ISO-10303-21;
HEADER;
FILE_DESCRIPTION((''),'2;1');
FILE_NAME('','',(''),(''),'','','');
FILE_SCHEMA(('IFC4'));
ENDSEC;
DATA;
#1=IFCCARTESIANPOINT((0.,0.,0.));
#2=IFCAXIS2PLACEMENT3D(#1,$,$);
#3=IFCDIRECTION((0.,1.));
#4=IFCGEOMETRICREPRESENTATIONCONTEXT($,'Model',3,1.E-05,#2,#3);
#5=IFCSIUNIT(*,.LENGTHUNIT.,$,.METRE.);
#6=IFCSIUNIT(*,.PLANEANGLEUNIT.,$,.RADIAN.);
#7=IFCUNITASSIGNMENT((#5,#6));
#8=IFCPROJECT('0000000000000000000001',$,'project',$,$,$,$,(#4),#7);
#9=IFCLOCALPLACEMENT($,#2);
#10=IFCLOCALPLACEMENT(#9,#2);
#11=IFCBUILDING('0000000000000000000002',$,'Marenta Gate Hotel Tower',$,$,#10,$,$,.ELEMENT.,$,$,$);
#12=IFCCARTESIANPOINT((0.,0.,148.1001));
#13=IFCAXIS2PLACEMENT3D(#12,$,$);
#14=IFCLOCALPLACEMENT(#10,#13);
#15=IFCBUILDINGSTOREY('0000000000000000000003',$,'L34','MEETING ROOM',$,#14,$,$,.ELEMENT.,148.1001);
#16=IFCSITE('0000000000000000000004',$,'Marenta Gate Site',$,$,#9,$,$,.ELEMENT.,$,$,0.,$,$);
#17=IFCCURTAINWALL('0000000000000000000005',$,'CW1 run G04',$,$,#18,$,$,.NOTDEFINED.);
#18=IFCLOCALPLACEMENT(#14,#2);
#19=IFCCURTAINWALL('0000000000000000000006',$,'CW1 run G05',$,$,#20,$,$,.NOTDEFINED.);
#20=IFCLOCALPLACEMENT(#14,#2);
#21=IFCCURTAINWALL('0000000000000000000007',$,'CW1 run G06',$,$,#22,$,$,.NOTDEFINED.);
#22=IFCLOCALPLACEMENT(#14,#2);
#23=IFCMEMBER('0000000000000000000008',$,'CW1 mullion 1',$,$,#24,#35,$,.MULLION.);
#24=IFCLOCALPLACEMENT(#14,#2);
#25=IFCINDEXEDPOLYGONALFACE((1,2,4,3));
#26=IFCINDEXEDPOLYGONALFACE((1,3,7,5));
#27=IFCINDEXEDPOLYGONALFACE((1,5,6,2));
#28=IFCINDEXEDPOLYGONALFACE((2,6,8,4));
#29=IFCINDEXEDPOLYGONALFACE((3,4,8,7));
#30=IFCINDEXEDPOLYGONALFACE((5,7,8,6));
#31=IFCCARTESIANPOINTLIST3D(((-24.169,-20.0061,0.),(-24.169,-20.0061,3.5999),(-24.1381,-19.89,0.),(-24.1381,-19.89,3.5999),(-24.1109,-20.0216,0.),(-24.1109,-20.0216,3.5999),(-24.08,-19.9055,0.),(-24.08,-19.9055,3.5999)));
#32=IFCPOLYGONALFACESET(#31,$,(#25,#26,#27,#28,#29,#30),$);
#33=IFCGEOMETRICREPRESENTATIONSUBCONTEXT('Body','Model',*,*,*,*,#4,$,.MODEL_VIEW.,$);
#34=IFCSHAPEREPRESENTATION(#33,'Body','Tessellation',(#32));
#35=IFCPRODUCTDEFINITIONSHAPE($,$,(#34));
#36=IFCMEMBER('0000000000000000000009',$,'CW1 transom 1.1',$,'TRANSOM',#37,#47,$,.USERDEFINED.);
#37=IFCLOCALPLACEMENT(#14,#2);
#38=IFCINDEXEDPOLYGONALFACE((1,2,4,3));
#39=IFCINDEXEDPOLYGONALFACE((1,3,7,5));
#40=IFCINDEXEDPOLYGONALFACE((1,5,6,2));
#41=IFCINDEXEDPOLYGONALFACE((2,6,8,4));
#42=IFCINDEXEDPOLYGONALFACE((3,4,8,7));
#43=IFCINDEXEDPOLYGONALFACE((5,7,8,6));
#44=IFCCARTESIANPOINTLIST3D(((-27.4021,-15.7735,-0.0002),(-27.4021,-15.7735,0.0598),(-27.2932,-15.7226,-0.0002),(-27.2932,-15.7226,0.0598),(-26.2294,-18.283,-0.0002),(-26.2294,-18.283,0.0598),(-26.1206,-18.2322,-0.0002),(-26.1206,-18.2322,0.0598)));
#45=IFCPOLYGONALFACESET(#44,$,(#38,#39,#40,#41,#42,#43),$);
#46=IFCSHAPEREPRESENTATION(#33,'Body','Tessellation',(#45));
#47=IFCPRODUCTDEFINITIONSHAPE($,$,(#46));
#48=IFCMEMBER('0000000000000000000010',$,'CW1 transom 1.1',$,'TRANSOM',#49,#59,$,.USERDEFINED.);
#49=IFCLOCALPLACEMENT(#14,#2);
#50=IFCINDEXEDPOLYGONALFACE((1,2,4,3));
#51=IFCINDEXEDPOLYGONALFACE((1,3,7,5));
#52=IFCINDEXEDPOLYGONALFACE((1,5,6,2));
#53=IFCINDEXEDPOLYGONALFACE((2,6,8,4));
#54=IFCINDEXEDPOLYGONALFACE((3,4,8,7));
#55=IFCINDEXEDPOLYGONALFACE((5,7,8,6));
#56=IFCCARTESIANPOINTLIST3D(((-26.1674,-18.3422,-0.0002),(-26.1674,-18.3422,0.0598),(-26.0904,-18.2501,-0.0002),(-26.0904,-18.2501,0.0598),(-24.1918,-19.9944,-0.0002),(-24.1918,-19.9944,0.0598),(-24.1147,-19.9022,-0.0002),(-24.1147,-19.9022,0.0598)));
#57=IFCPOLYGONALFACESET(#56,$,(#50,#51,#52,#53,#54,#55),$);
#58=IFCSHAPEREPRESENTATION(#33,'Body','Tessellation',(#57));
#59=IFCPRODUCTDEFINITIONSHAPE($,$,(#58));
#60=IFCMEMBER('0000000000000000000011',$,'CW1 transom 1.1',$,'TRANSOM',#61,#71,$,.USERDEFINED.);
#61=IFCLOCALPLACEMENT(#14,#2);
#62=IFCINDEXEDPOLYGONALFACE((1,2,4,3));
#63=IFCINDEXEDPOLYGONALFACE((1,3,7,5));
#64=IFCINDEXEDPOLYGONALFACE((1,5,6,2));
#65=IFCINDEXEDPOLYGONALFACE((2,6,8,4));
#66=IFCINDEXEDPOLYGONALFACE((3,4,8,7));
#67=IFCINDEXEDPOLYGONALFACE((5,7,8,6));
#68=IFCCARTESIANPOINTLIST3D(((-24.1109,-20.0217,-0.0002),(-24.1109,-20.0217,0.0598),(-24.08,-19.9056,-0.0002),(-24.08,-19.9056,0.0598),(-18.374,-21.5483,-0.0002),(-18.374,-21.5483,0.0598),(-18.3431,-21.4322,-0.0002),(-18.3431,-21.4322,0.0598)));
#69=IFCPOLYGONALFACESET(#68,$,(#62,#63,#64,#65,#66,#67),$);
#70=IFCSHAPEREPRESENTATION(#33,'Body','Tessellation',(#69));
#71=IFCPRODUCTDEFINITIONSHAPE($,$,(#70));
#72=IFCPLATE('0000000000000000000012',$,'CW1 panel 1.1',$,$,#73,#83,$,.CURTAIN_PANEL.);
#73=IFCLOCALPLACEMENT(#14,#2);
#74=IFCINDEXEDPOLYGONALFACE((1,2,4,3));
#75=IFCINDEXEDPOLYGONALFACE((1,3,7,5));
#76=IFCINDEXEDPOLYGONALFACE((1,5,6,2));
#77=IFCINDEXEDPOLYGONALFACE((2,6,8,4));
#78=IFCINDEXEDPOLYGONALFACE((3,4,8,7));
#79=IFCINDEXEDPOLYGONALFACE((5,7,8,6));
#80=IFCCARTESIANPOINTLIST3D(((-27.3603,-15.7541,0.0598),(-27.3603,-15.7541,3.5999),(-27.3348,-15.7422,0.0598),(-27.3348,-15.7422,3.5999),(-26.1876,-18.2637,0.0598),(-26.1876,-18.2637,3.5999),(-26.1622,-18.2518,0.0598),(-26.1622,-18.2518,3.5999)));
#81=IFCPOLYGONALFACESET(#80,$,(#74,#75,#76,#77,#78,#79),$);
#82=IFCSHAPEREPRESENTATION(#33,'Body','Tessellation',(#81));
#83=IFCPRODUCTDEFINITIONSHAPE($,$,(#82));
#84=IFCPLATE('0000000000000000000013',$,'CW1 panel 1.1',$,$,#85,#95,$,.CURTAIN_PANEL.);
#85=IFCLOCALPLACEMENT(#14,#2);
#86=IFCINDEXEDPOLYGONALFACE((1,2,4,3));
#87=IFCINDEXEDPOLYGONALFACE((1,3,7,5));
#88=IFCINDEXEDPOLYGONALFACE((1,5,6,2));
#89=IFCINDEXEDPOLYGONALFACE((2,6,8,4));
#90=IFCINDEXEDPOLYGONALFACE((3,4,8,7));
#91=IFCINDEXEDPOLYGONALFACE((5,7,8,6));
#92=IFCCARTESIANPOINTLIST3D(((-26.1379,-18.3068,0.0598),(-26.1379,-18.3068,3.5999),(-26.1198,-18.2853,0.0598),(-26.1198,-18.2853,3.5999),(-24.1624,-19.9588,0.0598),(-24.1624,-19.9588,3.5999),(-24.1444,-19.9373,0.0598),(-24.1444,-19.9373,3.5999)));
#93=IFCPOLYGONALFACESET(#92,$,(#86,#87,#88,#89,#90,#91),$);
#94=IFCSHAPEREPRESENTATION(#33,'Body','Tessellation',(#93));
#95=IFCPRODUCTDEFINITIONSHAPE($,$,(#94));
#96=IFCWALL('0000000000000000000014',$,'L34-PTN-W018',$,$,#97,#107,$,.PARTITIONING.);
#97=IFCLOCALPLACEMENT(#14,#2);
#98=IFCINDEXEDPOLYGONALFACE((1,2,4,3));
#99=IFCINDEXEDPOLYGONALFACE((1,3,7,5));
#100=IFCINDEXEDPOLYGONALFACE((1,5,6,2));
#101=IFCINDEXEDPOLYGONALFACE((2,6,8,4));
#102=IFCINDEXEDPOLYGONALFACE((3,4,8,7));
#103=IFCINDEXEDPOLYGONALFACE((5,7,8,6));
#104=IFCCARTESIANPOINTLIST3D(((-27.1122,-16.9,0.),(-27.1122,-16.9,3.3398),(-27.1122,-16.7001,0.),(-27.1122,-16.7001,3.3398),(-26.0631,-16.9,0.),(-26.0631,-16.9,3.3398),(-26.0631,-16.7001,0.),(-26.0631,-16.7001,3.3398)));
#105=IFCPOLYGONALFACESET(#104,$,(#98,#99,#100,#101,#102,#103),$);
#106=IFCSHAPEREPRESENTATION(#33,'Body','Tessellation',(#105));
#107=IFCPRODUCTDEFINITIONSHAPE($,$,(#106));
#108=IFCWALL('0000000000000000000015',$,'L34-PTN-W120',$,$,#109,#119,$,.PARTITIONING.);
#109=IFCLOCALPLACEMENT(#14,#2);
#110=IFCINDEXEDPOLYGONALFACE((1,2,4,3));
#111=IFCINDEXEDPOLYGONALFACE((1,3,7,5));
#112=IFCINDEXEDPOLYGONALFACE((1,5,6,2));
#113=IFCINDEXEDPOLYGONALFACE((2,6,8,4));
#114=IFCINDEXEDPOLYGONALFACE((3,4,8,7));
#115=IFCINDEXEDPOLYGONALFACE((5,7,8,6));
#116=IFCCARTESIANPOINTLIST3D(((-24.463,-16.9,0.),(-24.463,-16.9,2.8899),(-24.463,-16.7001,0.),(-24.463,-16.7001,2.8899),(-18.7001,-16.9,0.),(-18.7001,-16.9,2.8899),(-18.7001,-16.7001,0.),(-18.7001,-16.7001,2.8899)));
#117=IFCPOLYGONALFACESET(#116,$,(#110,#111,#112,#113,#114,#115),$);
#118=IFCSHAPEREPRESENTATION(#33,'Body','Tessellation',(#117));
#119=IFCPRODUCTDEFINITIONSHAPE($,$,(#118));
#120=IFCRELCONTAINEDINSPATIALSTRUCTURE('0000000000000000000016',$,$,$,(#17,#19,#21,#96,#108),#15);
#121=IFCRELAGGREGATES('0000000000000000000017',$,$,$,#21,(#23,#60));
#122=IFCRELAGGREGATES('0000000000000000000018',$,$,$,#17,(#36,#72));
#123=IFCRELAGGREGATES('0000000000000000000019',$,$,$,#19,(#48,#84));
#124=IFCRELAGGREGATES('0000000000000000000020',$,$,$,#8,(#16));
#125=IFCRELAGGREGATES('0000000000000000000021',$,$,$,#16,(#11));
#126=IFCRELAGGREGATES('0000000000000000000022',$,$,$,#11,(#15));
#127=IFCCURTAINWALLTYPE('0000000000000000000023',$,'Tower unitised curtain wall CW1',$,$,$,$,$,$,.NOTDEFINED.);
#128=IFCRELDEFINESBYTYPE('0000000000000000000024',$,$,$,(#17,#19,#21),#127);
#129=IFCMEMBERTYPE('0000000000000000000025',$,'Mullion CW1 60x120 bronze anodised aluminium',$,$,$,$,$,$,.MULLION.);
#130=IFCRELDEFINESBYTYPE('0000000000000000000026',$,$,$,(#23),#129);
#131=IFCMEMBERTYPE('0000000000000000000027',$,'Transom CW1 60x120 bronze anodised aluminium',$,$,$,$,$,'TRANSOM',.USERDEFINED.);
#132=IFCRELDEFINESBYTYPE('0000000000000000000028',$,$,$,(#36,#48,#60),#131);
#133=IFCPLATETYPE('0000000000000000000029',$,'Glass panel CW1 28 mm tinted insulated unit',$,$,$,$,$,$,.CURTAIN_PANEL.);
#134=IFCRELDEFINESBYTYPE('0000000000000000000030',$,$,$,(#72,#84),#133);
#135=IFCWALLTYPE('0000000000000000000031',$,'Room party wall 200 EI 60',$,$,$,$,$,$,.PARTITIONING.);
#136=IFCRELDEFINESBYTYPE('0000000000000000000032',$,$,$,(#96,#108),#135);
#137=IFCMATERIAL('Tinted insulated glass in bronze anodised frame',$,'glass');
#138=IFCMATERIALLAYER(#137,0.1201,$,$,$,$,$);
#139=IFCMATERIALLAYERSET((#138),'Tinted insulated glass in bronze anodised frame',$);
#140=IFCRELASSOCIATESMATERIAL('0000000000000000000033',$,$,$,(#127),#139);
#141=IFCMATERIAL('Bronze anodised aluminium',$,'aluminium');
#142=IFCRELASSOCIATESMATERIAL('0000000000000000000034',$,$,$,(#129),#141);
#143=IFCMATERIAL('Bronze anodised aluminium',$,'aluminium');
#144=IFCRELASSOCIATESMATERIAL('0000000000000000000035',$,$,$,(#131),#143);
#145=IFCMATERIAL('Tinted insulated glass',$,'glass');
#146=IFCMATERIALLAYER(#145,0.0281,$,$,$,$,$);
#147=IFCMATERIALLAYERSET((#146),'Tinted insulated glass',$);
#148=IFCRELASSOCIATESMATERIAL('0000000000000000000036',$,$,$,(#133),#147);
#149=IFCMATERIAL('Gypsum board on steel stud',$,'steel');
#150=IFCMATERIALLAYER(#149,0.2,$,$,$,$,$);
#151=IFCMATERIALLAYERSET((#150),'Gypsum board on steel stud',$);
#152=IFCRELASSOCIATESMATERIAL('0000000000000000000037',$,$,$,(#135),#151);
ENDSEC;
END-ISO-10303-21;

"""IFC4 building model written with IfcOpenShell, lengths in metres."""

from ifc_helpers import new_model, si_unit, direction, frame, frame_2d, origin, origin_2d, place, context, subcontext, project, spatial, rectangle, extrude, material, layer, layer_set, material_profile, profile_set, type_object, element, aggregate, save


model = new_model("IFC4")

# Units and contexts
model_context = context("Model", 3, precision=1e-05, world=origin(), true_north=direction((0.0, 1.0)))
body_context = subcontext(model_context, "Body", "Model", "MODEL_VIEW")
ifc_project = project(units=[si_unit("LENGTHUNIT", "METRE"), si_unit("PLANEANGLEUNIT", "RADIAN")], contexts=[model_context])

# Site, building, storey
site_placement = place(None, origin())
site = spatial("IfcSite", under=ifc_project, at=site_placement, Name="Marenta Gate Site", CompositionType="ELEMENT", RefElevation=0.0)
building_placement = place(site_placement, origin())
building = spatial("IfcBuilding", under=site, at=building_placement, Name="Marenta Gate Hotel Tower", CompositionType="ELEMENT")
storey_placement = place(building_placement, frame((0.0, 0.0, 148.1001)))
storey = spatial("IfcBuildingStorey", under=building, at=storey_placement, Name="L34", Description="MEETING ROOM", CompositionType="ELEMENT", Elevation=148.1001)

# Curtain walls, member
ifc_material_1 = material(Name="Tinted insulated glass in bronze anodised frame", Category="glass")
ifc_layer_1 = layer(ifc_material_1, 0.1201)
ifc_layer_set_1 = layer_set([ifc_layer_1], Name="Tinted insulated glass in bronze anodised frame")
curtain_wall_type = type_object("IfcCurtainWallType", Name="Tower unitised curtain wall CW1", PredefinedType="NOTDEFINED", material=ifc_layer_set_1)
curtain_wall_1_placement = place(storey_placement, origin())
curtain_wall_1 = element("IfcCurtainWall", 1, at=curtain_wall_1_placement, inside=storey, type_object=curtain_wall_type, Name="CW1 run G04", PredefinedType="NOTDEFINED")
ifc_material_2 = material(Name="Bronze anodised aluminium", Category="aluminium")
ifc_material_profile_1 = material_profile(ifc_material_2, rectangle(XDim=0.1201, YDim=0.0601, at=origin_2d()), Name="Mullion CW1 60x120 bronze anodised aluminium")
ifc_profile_set_1 = profile_set([ifc_material_profile_1], Name="Bronze anodised aluminium")
member_type_1 = type_object("IfcMemberType", Name="Mullion CW1 60x120 bronze anodised aluminium", PredefinedType="MULLION", material=ifc_profile_set_1)
curtain_wall_2_placement = place(storey_placement, origin())
curtain_wall_2 = element("IfcCurtainWall", 2, at=curtain_wall_2_placement, inside=storey, type_object=curtain_wall_type, Name="CW1 run G05", PredefinedType="NOTDEFINED")
curtain_wall_3_placement = place(storey_placement, origin())
curtain_wall_3 = element("IfcCurtainWall", 3, at=curtain_wall_3_placement, inside=storey, type_object=curtain_wall_type, Name="CW1 run G06", PredefinedType="NOTDEFINED")
member_1_placement = place(storey_placement, frame((-24.1245, -19.9558, 0.0), z_axis=(0.0, 0.0, 1.0), x_axis=(0.257144, 0.966373, 0.0)))
member_1 = element("IfcMember", 4, at=member_1_placement, type_object=member_type_1, Name="CW1 mullion 1", PredefinedType="MULLION", context=body_context, shape_type="SweptSolid", body=[
    extrude(rectangle(XDim=0.1201, YDim=0.0601, at=origin_2d()), origin(), (0.0, 0.0, 1.0), 3.5999),
])

# Members
ifc_material_3 = material(Name="Bronze anodised aluminium", Category="aluminium")
ifc_material_profile_2 = material_profile(ifc_material_3, rectangle(XDim=0.1201, YDim=0.0601, at=origin_2d()), Name="Transom CW1 60x120 bronze anodised aluminium")
ifc_profile_set_2 = profile_set([ifc_material_profile_2], Name="Bronze anodised aluminium")
member_type_2 = type_object("IfcMemberType", Name="Transom CW1 60x120 bronze anodised aluminium", ElementType="TRANSOM", PredefinedType="USERDEFINED", material=ifc_profile_set_2)
member_2_placement = place(storey_placement, frame((-27.3477, -15.748, 0.0298), z_axis=(0.423329, -0.905976, 0.0), x_axis=(0.905976, 0.423329, 0.0)))
member_2 = element("IfcMember", 5, at=member_2_placement, type_object=member_type_2, Name="CW1 transom 1.1", ObjectType="TRANSOM", PredefinedType="USERDEFINED", context=body_context, shape_type="SweptSolid", body=[
    extrude(rectangle(XDim=0.1201, YDim=0.0601, at=origin_2d()), origin(), (0.0, 0.0, 1.0), 2.77),
])
member_3_placement = place(storey_placement, frame((-26.1289, -18.2961, 0.0298), z_axis=(0.767117, -0.641508, 0.0), x_axis=(0.641508, 0.767117, 0.0)))
member_3 = element("IfcMember", 6, at=member_3_placement, type_object=member_type_2, Name="CW1 transom 1.1", ObjectType="TRANSOM", PredefinedType="USERDEFINED", context=body_context, shape_type="SweptSolid", body=[
    extrude(rectangle(XDim=0.1201, YDim=0.0601, at=origin_2d()), origin(), (0.0, 0.0, 1.0), 2.5754),
])
member_4_placement = place(storey_placement, frame((-24.0955, -19.9636, 0.0298), z_axis=(0.966369, -0.257158, 0.0), x_axis=(0.257158, 0.966369, 0.0)))
member_4 = element("IfcMember", 7, at=member_4_placement, type_object=member_type_2, Name="CW1 transom 1.1", ObjectType="TRANSOM", PredefinedType="USERDEFINED", context=body_context, shape_type="SweptSolid", body=[
    extrude(rectangle(XDim=0.1201, YDim=0.0601, at=origin_2d()), origin(), (0.0, 0.0, 1.0), 5.9365),
])
aggregate(curtain_wall_3, [member_1, member_4])

# Plates
ifc_material_4 = material(Name="Tinted insulated glass", Category="glass")
ifc_layer_2 = layer(ifc_material_4, 0.0281)
ifc_layer_set_2 = layer_set([ifc_layer_2], Name="Tinted insulated glass")
plate_type = type_object("IfcPlateType", Name="Glass panel CW1 28 mm tinted insulated unit", PredefinedType="CURTAIN_PANEL", material=ifc_layer_set_2)
plate_1_placement = place(storey_placement, frame((-26.7612, -17.0029, 0.0598), z_axis=(0.0, 0.0, 1.0), x_axis=(0.423338, -0.905972, 0.0)))
plate_1 = element("IfcPlate", 8, at=plate_1_placement, type_object=plate_type, Name="CW1 panel 1.1", PredefinedType="CURTAIN_PANEL", context=body_context, shape_type="SweptSolid", body=[
    extrude(rectangle(XDim=2.77, YDim=0.0281, at=origin_2d()), origin(), (0.0, 0.0, 1.0), 3.54),
])
aggregate(curtain_wall_1, [member_2, plate_1])
plate_2_placement = place(storey_placement, frame((-25.1411, -19.1221, 0.0598), z_axis=(0.0, 0.0, 1.0), x_axis=(0.767113, -0.641512, 0.0)))
plate_2 = element("IfcPlate", 9, at=plate_2_placement, type_object=plate_type, Name="CW1 panel 1.1", PredefinedType="CURTAIN_PANEL", context=body_context, shape_type="SweptSolid", body=[
    extrude(rectangle(XDim=2.5752, YDim=0.0281, at=origin_2d()), origin(), (0.0, 0.0, 1.0), 3.54),
])
aggregate(curtain_wall_2, [member_3, plate_2])

# Walls
ifc_material_5 = material(Name="Gypsum board on steel stud", Category="steel")
ifc_layer_3 = layer(ifc_material_5, 0.2)
ifc_layer_set_3 = layer_set([ifc_layer_3], Name="Gypsum board on steel stud")
wall_type = type_object("IfcWallType", Name="Room party wall 200 EI 60", PredefinedType="PARTITIONING", material=ifc_layer_set_3)
wall_1_placement = place(storey_placement, frame((-27.1121, -16.8, 0.0), z_axis=(0.0, 0.0, 1.0), x_axis=(1.0, 0.0, 0.0)))
element("IfcWall", 10, at=wall_1_placement, inside=storey, type_object=wall_type, Name="L34-PTN-W018", PredefinedType="PARTITIONING", context=body_context, shape_type="SweptSolid", body=[
    extrude(rectangle(XDim=1.0491, YDim=0.2, at=frame_2d((0.5244, 0.0))), origin(), (0.0, 0.0, 1.0), 3.3398),
])
wall_2_placement = place(storey_placement, frame((-24.4629, -16.8, 0.0), z_axis=(0.0, 0.0, 1.0), x_axis=(1.0, 0.0, 0.0)))
element("IfcWall", 11, at=wall_2_placement, inside=storey, type_object=wall_type, Name="L34-PTN-W120", PredefinedType="PARTITIONING", context=body_context, shape_type="SweptSolid", body=[
    extrude(rectangle(XDim=5.7629, YDim=0.2, at=frame_2d((2.8813, 0.0))), origin(), (0.0, 0.0, 1.0), 2.8899),
])

save(model, "model.ifc")
